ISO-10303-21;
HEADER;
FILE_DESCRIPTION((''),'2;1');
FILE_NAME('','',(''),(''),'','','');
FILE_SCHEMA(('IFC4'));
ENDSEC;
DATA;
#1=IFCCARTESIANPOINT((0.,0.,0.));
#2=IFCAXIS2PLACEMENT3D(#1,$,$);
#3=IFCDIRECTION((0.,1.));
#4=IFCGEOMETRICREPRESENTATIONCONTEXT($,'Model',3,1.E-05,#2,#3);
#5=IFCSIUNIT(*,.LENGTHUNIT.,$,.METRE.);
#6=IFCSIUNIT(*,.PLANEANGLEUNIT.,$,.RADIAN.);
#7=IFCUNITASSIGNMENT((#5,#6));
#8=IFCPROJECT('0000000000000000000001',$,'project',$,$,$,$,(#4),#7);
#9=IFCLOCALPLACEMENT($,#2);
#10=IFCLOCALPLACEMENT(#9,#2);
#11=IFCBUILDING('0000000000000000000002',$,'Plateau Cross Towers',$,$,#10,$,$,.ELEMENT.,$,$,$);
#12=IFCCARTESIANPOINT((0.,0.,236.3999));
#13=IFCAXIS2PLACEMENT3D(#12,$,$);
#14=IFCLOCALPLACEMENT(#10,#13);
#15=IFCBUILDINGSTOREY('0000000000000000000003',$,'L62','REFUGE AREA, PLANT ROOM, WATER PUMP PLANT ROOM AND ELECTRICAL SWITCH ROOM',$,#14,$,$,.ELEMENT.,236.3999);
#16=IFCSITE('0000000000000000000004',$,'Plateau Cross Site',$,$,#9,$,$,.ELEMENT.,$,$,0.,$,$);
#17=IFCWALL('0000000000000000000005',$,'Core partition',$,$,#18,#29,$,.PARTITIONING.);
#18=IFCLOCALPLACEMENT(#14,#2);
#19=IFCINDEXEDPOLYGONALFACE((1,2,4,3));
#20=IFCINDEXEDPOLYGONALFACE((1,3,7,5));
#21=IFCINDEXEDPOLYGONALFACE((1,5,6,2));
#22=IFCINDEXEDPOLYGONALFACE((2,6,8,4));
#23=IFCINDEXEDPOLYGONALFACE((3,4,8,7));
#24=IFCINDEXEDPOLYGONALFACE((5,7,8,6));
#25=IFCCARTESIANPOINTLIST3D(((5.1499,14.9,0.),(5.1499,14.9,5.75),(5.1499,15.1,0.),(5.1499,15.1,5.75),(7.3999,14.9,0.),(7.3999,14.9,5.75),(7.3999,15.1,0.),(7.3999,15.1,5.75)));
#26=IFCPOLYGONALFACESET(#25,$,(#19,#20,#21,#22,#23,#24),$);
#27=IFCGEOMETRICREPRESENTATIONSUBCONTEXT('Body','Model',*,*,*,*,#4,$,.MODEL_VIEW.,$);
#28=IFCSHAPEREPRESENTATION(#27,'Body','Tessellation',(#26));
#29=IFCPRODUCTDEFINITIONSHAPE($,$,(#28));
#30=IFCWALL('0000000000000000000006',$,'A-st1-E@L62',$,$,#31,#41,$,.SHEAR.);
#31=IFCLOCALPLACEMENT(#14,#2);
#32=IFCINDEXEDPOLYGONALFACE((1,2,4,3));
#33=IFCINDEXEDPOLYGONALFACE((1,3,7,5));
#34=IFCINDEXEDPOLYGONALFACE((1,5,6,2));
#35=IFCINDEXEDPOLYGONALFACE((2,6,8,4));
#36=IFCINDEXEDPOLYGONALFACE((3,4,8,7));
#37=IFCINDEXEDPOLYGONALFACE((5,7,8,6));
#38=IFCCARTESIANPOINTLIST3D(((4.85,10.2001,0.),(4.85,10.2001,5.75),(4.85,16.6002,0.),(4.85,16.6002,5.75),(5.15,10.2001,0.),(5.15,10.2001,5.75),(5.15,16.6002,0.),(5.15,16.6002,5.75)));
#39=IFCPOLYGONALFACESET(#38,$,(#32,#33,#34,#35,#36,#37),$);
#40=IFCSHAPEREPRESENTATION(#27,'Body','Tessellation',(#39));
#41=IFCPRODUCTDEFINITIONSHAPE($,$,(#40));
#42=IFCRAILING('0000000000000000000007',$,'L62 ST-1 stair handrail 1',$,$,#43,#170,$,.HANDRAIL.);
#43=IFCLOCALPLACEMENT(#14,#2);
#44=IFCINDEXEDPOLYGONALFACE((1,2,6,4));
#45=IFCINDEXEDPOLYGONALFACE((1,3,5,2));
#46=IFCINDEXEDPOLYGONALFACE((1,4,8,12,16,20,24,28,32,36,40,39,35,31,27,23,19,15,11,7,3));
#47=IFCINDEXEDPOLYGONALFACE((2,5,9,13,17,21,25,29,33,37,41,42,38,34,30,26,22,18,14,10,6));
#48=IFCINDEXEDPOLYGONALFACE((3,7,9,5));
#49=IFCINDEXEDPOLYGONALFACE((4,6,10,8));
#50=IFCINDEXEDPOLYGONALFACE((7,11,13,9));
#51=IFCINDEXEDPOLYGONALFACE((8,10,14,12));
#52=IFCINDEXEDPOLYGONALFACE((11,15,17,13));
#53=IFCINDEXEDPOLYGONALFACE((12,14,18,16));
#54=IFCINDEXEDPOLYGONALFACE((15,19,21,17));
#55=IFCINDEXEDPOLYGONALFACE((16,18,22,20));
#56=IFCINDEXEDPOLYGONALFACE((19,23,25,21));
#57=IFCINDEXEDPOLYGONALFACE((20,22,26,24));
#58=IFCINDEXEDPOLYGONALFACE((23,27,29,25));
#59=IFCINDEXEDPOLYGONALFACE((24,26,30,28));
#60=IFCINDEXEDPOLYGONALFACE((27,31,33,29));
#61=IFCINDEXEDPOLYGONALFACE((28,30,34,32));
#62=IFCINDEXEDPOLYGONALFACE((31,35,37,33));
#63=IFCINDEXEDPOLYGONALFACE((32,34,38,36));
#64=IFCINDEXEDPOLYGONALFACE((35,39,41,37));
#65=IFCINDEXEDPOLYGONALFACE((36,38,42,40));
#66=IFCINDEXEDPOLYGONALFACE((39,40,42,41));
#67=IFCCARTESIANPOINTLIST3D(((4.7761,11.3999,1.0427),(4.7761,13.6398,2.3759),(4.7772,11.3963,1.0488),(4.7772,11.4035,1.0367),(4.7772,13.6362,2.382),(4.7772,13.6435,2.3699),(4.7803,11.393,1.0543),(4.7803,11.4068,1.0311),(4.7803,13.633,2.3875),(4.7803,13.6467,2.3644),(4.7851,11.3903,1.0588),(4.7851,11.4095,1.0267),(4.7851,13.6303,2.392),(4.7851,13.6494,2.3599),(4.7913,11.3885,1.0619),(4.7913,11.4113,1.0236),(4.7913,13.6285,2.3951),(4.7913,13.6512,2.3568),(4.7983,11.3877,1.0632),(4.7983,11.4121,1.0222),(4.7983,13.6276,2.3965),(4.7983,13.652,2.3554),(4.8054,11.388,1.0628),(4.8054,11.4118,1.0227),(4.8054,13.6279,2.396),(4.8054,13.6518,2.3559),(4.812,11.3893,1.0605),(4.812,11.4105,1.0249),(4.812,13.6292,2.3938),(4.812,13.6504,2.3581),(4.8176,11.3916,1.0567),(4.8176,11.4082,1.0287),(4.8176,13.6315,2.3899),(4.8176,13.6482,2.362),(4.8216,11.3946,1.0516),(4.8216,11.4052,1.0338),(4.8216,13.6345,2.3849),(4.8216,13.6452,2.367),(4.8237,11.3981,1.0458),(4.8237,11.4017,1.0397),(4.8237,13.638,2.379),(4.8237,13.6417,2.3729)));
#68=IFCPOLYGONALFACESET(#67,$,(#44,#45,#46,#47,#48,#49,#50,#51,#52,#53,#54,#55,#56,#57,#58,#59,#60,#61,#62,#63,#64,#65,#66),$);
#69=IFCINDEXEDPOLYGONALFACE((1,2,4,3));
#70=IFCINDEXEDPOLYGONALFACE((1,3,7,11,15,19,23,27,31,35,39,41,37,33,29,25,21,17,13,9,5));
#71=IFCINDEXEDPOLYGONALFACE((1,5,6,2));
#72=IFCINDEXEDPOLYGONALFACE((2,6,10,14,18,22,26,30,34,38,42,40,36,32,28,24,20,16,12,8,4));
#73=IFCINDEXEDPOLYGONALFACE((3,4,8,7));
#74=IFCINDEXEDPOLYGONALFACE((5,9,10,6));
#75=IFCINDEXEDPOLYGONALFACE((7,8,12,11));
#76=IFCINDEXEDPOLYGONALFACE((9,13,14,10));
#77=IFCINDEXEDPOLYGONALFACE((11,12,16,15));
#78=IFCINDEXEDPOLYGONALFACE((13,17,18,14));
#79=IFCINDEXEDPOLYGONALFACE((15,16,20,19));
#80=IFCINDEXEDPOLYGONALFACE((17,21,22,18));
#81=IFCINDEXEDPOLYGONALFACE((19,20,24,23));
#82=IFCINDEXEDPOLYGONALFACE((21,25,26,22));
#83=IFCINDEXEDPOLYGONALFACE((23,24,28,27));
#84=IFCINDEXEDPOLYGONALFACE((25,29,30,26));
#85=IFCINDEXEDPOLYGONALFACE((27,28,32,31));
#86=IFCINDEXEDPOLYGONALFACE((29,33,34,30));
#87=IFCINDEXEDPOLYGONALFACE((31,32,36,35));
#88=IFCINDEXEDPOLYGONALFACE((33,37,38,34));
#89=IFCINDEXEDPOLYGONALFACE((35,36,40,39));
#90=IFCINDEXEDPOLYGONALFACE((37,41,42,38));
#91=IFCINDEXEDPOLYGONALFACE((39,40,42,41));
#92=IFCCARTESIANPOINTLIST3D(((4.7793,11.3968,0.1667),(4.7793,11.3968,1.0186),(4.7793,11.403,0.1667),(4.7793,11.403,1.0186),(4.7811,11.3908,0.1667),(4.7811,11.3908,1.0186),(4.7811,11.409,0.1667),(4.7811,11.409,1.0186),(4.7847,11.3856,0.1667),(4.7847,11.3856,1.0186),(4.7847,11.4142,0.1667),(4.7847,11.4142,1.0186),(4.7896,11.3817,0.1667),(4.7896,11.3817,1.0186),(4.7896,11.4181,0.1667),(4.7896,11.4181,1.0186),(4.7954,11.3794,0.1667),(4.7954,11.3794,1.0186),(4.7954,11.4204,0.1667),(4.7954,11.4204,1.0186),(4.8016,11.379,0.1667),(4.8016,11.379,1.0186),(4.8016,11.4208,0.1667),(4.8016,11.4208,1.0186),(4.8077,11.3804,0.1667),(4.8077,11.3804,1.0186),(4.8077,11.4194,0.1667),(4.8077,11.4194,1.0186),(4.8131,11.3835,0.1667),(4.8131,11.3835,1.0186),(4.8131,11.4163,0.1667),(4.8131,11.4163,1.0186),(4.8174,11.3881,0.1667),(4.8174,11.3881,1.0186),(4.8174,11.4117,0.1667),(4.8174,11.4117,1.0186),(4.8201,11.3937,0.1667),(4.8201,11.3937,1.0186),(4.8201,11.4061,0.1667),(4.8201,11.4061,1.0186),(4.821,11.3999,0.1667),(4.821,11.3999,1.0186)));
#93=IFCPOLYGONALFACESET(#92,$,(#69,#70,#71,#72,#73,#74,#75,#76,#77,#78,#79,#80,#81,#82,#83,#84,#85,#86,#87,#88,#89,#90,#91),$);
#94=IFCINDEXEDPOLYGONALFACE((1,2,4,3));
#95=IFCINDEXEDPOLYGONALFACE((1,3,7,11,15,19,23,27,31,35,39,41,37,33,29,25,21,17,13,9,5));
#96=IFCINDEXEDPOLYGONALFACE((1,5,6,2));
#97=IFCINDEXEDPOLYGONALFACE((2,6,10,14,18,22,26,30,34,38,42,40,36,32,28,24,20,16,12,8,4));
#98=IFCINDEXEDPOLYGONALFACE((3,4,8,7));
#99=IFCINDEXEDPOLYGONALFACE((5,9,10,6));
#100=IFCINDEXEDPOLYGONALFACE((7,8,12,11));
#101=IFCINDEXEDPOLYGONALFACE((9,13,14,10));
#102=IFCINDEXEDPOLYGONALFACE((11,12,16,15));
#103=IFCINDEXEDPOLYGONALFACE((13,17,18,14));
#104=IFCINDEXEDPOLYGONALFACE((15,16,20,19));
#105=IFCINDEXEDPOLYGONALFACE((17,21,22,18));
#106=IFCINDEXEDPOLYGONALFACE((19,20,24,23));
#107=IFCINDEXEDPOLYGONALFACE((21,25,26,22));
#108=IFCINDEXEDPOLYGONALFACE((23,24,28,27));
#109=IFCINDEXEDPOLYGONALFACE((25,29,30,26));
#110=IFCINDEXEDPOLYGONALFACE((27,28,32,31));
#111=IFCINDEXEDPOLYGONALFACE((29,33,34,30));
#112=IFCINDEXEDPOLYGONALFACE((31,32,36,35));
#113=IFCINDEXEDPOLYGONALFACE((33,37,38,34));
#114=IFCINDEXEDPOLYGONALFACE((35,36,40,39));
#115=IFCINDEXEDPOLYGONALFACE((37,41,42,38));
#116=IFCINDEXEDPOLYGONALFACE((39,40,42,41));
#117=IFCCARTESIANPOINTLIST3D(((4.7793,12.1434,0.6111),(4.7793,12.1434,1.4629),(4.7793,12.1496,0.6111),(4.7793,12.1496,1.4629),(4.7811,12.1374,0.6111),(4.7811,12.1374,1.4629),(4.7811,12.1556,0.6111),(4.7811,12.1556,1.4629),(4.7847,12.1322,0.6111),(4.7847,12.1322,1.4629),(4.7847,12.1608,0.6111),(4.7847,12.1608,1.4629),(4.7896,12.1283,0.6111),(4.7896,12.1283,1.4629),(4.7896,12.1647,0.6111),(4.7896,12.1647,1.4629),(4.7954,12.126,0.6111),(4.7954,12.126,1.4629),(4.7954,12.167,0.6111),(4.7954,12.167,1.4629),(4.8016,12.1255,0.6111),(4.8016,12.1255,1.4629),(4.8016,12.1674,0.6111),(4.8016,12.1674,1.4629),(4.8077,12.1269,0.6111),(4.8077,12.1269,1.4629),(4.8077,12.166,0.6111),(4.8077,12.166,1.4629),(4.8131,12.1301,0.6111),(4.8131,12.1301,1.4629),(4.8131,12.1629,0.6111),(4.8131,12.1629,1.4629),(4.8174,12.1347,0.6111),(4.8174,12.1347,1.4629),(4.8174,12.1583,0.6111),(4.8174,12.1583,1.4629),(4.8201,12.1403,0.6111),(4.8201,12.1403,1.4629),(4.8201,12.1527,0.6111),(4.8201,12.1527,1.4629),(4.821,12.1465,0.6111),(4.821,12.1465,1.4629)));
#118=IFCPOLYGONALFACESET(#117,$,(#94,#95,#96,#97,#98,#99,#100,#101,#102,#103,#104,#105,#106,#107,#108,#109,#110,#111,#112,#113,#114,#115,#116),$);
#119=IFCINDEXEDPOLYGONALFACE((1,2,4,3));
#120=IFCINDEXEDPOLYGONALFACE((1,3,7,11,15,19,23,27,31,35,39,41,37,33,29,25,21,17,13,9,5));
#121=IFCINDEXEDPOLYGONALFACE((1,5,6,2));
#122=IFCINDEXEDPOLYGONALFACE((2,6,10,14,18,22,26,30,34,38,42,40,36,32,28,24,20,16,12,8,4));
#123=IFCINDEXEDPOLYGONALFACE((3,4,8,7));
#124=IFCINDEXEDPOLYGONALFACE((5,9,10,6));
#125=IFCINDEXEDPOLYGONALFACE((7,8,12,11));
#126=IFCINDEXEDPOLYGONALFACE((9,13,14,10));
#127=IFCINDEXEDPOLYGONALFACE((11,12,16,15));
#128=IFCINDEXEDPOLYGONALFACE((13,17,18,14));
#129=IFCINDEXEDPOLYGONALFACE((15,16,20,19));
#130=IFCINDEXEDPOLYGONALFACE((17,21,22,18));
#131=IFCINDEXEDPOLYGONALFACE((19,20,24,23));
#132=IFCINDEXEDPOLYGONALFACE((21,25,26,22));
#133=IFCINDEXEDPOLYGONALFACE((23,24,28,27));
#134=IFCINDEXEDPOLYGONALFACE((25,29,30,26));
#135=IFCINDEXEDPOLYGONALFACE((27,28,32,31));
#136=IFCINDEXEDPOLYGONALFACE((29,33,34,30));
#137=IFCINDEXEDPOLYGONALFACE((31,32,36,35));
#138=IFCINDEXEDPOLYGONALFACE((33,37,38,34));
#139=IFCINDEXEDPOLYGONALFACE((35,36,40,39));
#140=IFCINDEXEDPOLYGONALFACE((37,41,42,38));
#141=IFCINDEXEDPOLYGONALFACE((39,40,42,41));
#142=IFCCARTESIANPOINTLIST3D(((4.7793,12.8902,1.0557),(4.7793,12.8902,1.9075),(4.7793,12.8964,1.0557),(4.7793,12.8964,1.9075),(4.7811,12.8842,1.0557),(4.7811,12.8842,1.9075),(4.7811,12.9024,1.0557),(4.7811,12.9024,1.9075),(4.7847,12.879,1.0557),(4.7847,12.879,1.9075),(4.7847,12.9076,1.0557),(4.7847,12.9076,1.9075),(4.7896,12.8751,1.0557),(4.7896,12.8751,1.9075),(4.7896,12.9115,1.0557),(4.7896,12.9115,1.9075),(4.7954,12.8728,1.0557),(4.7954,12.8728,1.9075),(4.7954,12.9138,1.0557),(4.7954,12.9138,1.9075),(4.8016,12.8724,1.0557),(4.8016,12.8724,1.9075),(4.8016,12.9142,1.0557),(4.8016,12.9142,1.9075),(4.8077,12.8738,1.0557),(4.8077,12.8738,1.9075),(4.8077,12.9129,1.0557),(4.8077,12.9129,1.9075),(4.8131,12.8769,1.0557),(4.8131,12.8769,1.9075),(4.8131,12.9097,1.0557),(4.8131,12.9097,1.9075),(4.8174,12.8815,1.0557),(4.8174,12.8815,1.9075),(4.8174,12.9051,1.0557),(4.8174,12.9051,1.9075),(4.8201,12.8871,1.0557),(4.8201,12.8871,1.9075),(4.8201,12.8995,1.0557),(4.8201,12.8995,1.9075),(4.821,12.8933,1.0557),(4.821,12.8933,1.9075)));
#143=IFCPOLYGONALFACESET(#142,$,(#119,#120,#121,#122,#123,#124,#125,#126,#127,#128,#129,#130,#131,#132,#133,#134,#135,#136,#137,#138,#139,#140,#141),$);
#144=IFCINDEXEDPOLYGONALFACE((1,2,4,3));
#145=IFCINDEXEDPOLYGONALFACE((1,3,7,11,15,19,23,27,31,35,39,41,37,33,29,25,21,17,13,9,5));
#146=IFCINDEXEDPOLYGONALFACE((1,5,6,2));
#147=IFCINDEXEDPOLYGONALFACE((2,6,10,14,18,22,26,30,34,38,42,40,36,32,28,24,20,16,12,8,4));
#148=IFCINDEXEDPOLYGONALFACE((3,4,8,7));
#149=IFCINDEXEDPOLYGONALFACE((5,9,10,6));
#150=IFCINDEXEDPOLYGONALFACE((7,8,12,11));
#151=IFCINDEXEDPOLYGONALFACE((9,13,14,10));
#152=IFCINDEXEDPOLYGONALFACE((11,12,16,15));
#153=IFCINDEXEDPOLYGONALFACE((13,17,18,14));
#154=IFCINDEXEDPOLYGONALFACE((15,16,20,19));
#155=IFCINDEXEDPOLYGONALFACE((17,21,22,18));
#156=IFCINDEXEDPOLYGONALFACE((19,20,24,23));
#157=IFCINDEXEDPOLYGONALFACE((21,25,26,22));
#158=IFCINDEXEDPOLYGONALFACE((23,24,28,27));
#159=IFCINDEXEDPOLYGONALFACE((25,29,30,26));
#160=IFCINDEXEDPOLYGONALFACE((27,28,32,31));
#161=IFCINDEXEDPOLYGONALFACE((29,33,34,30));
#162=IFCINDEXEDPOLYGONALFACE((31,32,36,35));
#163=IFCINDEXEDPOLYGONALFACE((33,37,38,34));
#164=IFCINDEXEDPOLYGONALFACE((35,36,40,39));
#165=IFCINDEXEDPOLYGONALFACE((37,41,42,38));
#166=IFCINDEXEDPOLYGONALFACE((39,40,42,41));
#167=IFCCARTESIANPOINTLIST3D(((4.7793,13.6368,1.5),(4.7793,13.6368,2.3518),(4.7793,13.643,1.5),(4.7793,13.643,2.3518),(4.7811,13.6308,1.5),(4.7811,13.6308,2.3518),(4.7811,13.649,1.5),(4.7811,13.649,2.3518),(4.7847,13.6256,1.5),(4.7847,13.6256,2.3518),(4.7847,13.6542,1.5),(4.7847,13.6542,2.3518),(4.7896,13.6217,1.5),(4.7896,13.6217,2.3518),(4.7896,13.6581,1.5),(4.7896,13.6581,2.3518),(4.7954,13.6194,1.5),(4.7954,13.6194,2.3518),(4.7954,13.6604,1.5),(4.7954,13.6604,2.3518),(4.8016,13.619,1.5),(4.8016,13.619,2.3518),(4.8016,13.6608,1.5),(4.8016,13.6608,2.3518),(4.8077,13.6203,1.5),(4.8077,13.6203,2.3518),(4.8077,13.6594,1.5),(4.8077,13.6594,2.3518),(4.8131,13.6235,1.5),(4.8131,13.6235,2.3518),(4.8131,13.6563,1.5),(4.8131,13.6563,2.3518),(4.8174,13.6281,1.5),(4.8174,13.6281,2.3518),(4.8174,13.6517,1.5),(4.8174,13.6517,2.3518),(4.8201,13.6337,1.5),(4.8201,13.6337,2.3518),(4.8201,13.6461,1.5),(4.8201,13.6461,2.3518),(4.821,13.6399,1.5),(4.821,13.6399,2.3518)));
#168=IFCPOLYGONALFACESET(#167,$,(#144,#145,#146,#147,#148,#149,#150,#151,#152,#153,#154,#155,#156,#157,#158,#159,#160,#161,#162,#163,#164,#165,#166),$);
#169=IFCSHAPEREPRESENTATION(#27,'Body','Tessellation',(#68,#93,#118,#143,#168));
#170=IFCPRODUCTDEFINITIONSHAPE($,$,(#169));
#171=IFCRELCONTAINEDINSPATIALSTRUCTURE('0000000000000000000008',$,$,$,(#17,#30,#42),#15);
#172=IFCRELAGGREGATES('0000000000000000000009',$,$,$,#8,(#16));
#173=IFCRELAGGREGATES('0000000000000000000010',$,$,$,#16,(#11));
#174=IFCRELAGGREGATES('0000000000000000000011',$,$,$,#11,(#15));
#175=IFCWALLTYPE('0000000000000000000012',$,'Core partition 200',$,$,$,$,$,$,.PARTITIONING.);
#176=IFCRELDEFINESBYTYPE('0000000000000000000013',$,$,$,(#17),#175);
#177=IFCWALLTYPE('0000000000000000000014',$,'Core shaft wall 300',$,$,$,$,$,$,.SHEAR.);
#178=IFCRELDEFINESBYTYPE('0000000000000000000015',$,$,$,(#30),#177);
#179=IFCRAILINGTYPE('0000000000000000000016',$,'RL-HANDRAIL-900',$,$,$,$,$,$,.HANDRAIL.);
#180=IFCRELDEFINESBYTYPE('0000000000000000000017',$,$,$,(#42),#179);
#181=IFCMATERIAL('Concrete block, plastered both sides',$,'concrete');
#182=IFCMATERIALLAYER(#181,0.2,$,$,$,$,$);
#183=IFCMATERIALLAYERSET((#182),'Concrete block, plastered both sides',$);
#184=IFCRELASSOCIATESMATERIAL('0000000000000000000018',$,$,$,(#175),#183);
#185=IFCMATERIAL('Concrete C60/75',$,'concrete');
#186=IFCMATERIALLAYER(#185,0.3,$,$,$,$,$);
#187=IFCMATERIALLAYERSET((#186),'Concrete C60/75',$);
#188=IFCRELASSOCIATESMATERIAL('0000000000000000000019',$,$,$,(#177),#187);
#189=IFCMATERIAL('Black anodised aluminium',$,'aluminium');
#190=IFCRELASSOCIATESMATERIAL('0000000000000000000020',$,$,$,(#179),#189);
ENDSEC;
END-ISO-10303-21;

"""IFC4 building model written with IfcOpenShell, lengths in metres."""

from ifc_helpers import new_model, si_unit, direction, frame, frame_2d, origin, origin_2d, place, context, subcontext, project, spatial, rectangle, circle, extrude, material, layer, layer_set, type_object, element, save


model = new_model("IFC4")

# Units and contexts
model_context = context("Model", 3, precision=1e-05, world=origin(), true_north=direction((0.0, 1.0)))
body_context = subcontext(model_context, "Body", "Model", "MODEL_VIEW")
ifc_project = project(units=[si_unit("LENGTHUNIT", "METRE"), si_unit("PLANEANGLEUNIT", "RADIAN")], contexts=[model_context])

# Site, building, storey
site_placement = place(None, origin())
site = spatial("IfcSite", under=ifc_project, at=site_placement, Name="Plateau Cross Site", CompositionType="ELEMENT", RefElevation=0.0)
building_placement = place(site_placement, origin())
building = spatial("IfcBuilding", under=site, at=building_placement, Name="Plateau Cross Towers", CompositionType="ELEMENT")
storey_placement = place(building_placement, frame((0.0, 0.0, 236.3999)))
storey = spatial("IfcBuildingStorey", under=building, at=storey_placement, Name="L62", Description="REFUGE AREA, PLANT ROOM, WATER PUMP PLANT ROOM AND ELECTRICAL SWITCH ROOM", CompositionType="ELEMENT", Elevation=236.3999)

# Shared definitions
ifc_material_1 = material(Name="Black anodised aluminium", Category="aluminium")

# Shared definitions
ifc_material_2 = material(Name="Concrete block, plastered both sides", Category="concrete")
ifc_layer_1 = layer(ifc_material_2, 0.2)
ifc_layer_set_1 = layer_set([ifc_layer_1], Name="Concrete block, plastered both sides")
wall_type_1 = type_object("IfcWallType", Name="Core partition 200", PredefinedType="PARTITIONING", material=ifc_layer_set_1)

# Walls
for number, where, z_axis, x_axis, name in (
    (1, (5.1499, 15.0, 0.0), (0.0, 0.0, 1.0), (1.0, 0.0, 0.0), "Core partition"),
):
    element("IfcWall", number, at=place(storey_placement, frame(where, z_axis=z_axis, x_axis=x_axis)), inside=storey, type_object=wall_type_1, Name=name, PredefinedType="PARTITIONING", context=body_context, shape_type="SweptSolid", body=[
        extrude(rectangle(XDim=2.25, YDim=0.2, at=frame_2d((1.125, 0.0))), origin(), (0.0, 0.0, 1.0), 5.75),
    ])
ifc_material_3 = material(Name="Concrete C60/75", Category="concrete")
ifc_layer_2 = layer(ifc_material_3, 0.3)
ifc_layer_set_2 = layer_set([ifc_layer_2], Name="Concrete C60/75")
wall_type_2 = type_object("IfcWallType", Name="Core shaft wall 300", PredefinedType="SHEAR", material=ifc_layer_set_2)
wall_1_placement = place(storey_placement, frame((5.0, 10.2, 0.0), z_axis=(0.0, 0.0, 1.0), x_axis=(0.0, 1.0, 0.0)))
element("IfcWall", 2, at=wall_1_placement, inside=storey, type_object=wall_type_2, Name="A-st1-E@L62", PredefinedType="SHEAR", context=body_context, shape_type="SweptSolid", body=[
    extrude(rectangle(XDim=6.4001, YDim=0.3, at=frame_2d((3.2002, 0.0))), origin(), (0.0, 0.0, 1.0), 5.75),
])

# Railing
railing_type = type_object("IfcRailingType", Name="RL-HANDRAIL-900", PredefinedType="HANDRAIL", material=ifc_material_1)
for number, where, name in (
    (3, (4.8, 11.3999, 0.1667), "L62 ST-1 stair handrail 1"),
):
    element("IfcRailing", number, at=place(storey_placement, frame(where)), inside=storey, type_object=railing_type, Name=name, PredefinedType="HANDRAIL", context=body_context, shape_type="SweptSolid", body=[
        extrude(circle(Radius=0.0239, at=origin_2d()), frame((0.0, 0.0, 0.876), z_axis=(0.0, 0.859306, 0.511462), x_axis=(-1.0, 0.0, 0.0)), (0.0, 0.0, 1.0), 2.6067),
        extrude(circle(Radius=0.021, at=origin_2d()), origin(), (0.0, 0.0, 1.0), 0.8518),
        extrude(circle(Radius=0.021, at=origin_2d()), frame((0.0, 0.7466, 0.4443)), (0.0, 0.0, 1.0), 0.8518),
        extrude(circle(Radius=0.021, at=origin_2d()), frame((0.0, 1.4934, 0.8889)), (0.0, 0.0, 1.0), 0.8518),
        extrude(circle(Radius=0.021, at=origin_2d()), frame((0.0, 2.24, 1.3333)), (0.0, 0.0, 1.0), 0.8518),
    ])

save(model, "model.ifc")
